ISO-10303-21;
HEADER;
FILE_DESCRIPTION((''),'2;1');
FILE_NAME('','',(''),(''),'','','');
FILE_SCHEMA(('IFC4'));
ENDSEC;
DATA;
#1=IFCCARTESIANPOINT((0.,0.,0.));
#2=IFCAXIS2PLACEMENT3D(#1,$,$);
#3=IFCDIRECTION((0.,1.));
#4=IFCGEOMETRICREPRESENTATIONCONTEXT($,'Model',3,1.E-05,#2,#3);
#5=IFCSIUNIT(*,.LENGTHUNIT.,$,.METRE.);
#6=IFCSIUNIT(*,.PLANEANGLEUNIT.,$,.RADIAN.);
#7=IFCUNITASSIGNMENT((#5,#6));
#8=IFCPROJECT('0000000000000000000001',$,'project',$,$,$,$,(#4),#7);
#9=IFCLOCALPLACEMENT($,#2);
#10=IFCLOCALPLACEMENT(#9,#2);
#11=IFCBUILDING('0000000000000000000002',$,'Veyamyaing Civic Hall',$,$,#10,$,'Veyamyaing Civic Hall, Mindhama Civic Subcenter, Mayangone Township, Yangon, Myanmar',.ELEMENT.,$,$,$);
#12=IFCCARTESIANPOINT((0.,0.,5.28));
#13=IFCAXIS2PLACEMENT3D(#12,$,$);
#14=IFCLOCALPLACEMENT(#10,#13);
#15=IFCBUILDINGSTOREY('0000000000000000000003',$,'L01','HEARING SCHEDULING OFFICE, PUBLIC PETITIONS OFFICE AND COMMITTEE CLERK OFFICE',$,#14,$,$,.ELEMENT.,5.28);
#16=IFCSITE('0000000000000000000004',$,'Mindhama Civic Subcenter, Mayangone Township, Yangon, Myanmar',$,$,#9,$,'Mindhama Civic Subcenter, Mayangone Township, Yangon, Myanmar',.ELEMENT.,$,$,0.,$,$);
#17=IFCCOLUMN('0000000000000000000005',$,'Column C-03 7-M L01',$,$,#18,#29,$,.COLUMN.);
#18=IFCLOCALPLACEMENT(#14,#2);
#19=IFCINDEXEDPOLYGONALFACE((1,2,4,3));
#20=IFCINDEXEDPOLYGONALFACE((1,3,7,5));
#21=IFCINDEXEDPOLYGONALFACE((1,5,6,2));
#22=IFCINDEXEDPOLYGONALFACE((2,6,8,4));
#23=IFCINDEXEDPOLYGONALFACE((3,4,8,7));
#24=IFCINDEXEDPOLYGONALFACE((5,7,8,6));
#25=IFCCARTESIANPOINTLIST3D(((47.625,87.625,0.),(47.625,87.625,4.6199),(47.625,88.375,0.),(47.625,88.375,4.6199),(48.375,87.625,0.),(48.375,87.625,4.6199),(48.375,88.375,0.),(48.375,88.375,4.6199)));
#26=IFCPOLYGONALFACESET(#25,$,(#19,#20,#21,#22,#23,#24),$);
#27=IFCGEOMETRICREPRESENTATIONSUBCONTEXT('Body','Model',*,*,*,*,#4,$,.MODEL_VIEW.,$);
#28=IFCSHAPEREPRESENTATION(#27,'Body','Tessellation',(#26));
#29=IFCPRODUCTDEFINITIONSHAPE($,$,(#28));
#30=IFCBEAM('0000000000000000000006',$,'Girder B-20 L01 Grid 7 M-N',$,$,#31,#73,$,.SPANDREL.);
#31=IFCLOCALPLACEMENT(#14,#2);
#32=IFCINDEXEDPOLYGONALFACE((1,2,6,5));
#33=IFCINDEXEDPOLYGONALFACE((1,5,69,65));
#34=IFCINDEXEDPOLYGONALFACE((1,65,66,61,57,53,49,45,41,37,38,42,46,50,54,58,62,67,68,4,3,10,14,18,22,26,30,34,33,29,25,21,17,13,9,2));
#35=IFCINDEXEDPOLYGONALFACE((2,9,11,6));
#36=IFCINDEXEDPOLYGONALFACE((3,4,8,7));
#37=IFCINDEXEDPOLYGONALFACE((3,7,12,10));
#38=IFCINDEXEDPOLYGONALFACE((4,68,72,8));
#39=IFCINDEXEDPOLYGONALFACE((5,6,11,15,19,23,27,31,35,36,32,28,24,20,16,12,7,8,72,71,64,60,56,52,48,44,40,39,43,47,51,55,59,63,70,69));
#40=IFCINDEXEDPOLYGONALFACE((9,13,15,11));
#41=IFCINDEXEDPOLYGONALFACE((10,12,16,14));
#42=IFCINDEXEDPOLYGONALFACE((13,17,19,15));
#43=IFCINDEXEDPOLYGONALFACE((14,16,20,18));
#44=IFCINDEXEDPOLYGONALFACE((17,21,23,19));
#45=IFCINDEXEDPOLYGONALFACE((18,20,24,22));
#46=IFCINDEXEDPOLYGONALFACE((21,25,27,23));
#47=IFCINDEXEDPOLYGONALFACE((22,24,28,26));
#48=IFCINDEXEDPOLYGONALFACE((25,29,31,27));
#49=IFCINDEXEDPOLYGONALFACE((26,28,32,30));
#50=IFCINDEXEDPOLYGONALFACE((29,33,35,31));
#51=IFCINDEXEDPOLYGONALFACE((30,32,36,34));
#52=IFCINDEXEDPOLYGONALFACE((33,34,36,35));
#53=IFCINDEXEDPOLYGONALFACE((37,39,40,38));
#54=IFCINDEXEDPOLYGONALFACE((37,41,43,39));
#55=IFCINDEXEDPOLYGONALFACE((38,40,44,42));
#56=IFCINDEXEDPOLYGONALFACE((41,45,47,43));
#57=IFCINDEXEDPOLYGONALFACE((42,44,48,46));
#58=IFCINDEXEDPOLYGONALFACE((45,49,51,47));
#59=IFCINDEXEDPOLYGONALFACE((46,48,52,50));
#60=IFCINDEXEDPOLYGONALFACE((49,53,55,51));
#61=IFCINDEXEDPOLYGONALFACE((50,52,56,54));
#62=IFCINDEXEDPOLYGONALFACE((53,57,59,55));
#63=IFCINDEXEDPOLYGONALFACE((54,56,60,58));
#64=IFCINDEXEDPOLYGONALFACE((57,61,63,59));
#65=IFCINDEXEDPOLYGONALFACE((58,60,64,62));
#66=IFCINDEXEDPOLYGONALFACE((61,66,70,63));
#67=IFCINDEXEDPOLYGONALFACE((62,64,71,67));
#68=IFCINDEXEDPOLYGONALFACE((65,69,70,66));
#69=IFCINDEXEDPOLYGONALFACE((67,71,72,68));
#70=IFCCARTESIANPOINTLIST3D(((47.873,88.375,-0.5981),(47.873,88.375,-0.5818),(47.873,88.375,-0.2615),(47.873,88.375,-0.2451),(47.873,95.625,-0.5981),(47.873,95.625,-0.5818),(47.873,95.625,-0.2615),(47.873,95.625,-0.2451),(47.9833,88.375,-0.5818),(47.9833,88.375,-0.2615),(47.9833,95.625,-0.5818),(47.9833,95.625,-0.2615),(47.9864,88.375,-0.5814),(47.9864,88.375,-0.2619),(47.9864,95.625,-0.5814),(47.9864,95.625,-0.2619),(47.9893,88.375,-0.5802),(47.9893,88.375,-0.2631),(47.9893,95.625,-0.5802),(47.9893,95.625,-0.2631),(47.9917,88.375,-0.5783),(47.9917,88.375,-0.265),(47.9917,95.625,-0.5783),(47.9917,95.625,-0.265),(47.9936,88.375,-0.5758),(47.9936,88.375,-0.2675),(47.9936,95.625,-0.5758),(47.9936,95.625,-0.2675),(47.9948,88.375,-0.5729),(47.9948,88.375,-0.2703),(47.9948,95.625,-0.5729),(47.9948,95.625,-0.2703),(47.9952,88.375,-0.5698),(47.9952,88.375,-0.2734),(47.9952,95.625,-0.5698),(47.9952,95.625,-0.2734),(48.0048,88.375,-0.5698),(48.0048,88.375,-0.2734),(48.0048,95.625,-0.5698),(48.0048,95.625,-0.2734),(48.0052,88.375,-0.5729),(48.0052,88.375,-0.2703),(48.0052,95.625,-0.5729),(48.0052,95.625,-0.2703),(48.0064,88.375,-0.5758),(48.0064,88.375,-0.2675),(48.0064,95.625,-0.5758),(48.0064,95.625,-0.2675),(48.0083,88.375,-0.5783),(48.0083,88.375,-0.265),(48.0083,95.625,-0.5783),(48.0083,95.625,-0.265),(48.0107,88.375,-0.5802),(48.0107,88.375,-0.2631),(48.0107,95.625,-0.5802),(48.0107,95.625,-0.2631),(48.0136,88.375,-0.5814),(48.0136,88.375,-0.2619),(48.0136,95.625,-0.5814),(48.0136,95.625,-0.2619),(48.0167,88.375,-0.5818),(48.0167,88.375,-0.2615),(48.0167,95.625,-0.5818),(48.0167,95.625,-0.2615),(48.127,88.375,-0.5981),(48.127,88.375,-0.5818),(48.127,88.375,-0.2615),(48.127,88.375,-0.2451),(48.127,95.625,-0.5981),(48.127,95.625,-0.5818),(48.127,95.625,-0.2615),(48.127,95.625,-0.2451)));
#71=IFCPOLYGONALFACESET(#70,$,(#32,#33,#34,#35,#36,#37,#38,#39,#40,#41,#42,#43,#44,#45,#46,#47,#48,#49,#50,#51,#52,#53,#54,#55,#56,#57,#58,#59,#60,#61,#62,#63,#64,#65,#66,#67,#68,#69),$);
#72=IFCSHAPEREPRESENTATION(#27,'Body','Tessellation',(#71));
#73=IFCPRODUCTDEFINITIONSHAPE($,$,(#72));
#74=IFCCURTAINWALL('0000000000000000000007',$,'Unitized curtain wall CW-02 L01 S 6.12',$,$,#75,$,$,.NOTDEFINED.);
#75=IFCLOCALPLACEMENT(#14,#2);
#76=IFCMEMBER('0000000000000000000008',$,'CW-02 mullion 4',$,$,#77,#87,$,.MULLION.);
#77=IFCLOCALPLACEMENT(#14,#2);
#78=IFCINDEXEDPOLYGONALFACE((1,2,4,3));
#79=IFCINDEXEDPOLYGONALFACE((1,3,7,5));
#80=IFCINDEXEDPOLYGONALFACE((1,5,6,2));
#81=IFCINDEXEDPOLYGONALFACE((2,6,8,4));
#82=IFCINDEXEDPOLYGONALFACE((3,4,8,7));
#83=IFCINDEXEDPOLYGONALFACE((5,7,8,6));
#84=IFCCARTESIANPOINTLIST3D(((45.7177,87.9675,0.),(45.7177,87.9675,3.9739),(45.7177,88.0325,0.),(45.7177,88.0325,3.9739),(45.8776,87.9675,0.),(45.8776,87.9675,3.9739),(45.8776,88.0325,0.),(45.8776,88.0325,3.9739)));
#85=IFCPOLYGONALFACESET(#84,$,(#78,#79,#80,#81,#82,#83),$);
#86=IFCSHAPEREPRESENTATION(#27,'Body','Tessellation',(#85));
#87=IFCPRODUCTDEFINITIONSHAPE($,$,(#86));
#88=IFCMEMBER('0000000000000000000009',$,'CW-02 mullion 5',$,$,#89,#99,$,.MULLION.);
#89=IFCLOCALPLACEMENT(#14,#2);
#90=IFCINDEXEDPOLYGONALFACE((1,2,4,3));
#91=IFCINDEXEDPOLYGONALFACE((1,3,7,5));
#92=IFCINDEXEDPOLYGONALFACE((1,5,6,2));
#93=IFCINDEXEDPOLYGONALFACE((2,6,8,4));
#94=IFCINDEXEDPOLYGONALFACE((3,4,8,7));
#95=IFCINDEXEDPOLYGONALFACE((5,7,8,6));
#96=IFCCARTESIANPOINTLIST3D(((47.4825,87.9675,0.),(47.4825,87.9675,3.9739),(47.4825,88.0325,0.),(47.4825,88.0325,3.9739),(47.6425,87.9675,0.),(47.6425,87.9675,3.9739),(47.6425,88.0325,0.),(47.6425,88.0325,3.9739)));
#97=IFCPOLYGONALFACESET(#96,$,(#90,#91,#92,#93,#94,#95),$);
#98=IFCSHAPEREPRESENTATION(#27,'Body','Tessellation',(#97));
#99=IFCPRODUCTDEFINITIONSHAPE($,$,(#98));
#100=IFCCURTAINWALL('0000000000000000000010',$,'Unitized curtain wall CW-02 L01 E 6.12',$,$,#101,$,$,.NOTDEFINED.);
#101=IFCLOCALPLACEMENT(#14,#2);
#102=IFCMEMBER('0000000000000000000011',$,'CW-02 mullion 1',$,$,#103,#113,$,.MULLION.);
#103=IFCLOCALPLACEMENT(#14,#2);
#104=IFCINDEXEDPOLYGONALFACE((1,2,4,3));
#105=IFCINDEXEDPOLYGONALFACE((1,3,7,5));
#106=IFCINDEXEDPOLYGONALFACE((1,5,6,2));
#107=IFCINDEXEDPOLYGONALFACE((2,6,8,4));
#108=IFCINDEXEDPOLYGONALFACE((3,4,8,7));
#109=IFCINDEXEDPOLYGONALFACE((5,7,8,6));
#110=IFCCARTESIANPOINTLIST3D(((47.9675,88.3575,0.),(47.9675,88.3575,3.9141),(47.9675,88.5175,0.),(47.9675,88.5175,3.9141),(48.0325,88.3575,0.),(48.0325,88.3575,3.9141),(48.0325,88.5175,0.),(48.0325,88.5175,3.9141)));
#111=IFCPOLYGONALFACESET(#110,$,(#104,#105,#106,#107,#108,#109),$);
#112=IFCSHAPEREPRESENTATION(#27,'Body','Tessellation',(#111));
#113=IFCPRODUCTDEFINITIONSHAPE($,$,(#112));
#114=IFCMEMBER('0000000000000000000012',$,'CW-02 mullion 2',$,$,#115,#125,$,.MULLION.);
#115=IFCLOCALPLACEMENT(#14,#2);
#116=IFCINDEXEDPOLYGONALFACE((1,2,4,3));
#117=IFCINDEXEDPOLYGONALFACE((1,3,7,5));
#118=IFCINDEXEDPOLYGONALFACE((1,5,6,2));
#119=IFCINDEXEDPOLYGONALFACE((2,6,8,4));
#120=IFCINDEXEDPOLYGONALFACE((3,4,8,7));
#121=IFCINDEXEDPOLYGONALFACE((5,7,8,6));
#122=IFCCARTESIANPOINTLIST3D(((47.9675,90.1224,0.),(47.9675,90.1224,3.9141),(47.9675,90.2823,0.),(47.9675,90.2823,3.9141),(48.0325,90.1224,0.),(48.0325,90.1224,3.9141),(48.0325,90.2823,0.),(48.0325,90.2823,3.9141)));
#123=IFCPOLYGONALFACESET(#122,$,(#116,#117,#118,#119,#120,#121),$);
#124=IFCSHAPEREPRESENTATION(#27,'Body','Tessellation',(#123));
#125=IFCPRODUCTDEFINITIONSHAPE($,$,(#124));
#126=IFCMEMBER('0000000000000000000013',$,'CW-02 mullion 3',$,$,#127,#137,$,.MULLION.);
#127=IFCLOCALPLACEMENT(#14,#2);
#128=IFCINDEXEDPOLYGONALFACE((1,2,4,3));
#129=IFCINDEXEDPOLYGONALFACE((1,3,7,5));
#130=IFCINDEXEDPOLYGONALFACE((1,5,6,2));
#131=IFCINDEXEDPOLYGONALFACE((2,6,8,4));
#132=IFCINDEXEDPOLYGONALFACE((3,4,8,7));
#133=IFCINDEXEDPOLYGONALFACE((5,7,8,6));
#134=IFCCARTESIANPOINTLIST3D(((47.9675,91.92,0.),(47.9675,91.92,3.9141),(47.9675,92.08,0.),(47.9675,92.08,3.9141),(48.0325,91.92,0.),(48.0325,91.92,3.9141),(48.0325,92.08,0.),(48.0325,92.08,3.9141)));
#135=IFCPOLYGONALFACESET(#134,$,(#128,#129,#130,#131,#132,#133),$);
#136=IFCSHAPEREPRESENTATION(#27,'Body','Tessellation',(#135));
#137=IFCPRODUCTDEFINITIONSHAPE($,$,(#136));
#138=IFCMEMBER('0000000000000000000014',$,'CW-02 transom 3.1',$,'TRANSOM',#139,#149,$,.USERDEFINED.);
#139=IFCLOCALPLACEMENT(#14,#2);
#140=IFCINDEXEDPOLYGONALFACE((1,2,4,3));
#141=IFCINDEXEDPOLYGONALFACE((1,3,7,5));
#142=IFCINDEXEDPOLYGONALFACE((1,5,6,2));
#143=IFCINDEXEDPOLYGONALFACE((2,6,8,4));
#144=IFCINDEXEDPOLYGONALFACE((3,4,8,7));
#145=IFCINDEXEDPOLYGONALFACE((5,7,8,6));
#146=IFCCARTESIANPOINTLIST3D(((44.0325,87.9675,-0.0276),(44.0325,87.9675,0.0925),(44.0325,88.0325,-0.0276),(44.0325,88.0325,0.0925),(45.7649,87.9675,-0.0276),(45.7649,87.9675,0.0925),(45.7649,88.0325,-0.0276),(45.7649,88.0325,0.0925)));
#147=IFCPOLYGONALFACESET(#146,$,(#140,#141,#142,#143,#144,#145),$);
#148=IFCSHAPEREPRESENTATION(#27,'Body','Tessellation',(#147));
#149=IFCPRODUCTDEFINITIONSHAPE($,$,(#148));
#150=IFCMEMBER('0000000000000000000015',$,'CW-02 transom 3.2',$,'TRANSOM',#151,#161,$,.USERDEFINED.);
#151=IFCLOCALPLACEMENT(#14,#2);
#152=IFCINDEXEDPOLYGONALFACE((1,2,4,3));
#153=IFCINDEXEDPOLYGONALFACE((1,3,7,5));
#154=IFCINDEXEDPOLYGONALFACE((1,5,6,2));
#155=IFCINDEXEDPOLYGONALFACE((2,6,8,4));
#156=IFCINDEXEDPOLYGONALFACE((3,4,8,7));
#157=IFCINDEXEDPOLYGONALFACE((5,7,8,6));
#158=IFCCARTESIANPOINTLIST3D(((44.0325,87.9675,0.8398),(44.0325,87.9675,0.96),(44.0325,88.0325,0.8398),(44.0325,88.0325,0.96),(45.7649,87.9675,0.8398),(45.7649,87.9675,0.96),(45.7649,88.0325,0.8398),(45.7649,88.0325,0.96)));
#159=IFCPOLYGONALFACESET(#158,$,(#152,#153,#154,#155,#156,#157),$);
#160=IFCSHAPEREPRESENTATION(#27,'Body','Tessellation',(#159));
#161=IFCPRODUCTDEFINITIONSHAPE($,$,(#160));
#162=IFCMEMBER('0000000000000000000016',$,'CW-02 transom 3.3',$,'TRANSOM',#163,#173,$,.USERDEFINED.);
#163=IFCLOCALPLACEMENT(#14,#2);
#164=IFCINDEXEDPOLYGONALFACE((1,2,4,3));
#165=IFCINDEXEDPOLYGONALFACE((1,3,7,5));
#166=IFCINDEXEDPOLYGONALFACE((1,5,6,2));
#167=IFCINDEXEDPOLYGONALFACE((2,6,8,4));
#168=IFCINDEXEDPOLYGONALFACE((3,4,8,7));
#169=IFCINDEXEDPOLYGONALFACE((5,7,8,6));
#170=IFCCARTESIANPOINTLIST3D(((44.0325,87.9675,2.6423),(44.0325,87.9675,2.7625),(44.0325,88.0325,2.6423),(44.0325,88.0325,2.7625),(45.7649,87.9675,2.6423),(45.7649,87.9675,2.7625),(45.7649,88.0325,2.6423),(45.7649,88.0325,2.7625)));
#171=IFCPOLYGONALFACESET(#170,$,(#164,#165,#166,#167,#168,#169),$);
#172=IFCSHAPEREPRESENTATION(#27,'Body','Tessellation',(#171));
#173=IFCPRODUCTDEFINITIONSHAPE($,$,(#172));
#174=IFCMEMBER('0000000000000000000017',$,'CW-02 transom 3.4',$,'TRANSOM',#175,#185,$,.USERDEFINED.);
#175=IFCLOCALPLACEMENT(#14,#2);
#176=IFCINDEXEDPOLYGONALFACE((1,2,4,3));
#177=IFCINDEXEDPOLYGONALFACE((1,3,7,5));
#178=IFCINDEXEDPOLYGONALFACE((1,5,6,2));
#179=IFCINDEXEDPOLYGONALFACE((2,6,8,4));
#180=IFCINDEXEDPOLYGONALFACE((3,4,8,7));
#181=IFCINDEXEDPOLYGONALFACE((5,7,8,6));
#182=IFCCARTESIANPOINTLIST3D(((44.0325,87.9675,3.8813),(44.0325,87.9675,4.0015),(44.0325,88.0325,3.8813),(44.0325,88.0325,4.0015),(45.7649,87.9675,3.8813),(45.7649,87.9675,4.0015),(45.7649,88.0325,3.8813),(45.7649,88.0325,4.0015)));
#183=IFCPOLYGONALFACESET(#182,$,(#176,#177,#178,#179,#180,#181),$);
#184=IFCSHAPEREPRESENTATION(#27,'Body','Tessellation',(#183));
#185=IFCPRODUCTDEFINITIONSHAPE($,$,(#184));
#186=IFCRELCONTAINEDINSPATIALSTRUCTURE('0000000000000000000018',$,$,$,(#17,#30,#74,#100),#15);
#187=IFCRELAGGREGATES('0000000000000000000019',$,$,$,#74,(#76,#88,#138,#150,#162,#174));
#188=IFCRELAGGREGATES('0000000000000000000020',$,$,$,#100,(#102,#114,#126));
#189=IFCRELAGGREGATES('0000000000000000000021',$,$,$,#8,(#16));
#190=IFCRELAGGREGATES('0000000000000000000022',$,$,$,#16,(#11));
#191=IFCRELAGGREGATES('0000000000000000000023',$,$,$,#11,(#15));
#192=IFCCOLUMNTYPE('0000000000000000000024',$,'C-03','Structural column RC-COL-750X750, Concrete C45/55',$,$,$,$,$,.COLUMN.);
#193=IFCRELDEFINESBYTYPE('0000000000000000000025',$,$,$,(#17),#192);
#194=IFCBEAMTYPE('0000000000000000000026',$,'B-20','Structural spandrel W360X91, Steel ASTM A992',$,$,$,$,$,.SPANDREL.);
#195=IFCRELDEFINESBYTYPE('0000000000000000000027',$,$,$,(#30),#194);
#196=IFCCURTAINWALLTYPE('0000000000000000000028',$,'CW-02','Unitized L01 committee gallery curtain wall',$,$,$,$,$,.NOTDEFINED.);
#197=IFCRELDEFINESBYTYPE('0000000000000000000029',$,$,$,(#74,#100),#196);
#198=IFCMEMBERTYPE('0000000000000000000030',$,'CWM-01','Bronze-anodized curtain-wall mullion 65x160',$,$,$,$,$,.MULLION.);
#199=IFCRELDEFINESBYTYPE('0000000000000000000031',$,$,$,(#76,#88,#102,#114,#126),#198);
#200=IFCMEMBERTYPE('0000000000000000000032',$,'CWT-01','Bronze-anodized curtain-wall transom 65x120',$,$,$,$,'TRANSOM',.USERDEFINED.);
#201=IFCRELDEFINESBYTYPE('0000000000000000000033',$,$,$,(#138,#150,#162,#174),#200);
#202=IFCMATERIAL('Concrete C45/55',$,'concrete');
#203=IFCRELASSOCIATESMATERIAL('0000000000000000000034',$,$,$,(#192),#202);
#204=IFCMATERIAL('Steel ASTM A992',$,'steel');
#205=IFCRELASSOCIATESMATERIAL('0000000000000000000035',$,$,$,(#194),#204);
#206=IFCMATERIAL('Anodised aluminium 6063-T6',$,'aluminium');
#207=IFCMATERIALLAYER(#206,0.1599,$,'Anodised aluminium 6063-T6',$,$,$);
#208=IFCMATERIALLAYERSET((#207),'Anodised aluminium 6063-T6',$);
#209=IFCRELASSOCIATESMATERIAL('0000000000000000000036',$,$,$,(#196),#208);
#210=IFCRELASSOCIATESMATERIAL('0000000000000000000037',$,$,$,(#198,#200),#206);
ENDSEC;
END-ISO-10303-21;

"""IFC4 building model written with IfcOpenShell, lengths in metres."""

from ifc_helpers import new_model, si_unit, direction, frame, origin, origin_2d, place, context, subcontext, project, spatial, rectangle, i_section, extrude, material, layer, layer_set, material_profile, profile_set, type_object, element, aggregate, save


model = new_model("IFC4")

# Units and contexts
model_context = context("Model", 3, precision=1e-05, world=origin(), true_north=direction((0.0, 1.0)))
body_context = subcontext(model_context, "Body", "Model", "MODEL_VIEW")
ifc_project = project(units=[si_unit("LENGTHUNIT", "METRE"), si_unit("PLANEANGLEUNIT", "RADIAN")], contexts=[model_context])

# Site, building, storey
site_placement = place(None, origin())
site = spatial("IfcSite", under=ifc_project, at=site_placement, Name="Mindhama Civic Subcenter, Mayangone Township, Yangon, Myanmar", LongName="Mindhama Civic Subcenter, Mayangone Township, Yangon, Myanmar", CompositionType="ELEMENT", RefElevation=0.0)
building_placement = place(site_placement, origin())
building = spatial("IfcBuilding", under=site, at=building_placement, Name="Veyamyaing Civic Hall", LongName="Veyamyaing Civic Hall, Mindhama Civic Subcenter, Mayangone Township, Yangon, Myanmar", CompositionType="ELEMENT")
storey_placement = place(building_placement, frame((0.0, 0.0, 5.28)))
storey = spatial("IfcBuildingStorey", under=building, at=storey_placement, Name="L01", Description="HEARING SCHEDULING OFFICE, PUBLIC PETITIONS OFFICE AND COMMITTEE CLERK OFFICE", CompositionType="ELEMENT", Elevation=5.28)

# Column
ifc_material_1 = material(Name="Concrete C45/55", Category="concrete")
ifc_material_profile_1 = material_profile(ifc_material_1, rectangle(XDim=0.75, YDim=0.75, at=origin_2d()), Name="RC-COL-750X750")
ifc_profile_set_1 = profile_set([ifc_material_profile_1], Name="Concrete C45/55")
column_type = type_object("IfcColumnType", Name="C-03", Description="Structural column RC-COL-750X750, Concrete C45/55", PredefinedType="COLUMN", material=ifc_profile_set_1)
column_placement = place(storey_placement, frame((48.0, 88.0, 0.0), z_axis=(0.0, 0.0, 1.0), x_axis=(1.0, 0.0, 0.0)))
element("IfcColumn", 1, at=column_placement, inside=storey, type_object=column_type, Name="Column C-03 7-M L01", PredefinedType="COLUMN", context=body_context, shape_type="SweptSolid", body=[
    extrude(rectangle(XDim=0.75, YDim=0.75, at=origin_2d()), origin(), (0.0, 0.0, 1.0), 4.6199),
])

# Beam
ifc_material_2 = material(Name="Steel ASTM A992", Category="steel")
ifc_material_profile_2 = material_profile(ifc_material_2, i_section(OverallWidth=0.2539, OverallDepth=0.353, WebThickness=0.0095, FlangeThickness=0.0164, FilletRadius=0.012, at=origin_2d()), Name="W360X91")
ifc_profile_set_2 = profile_set([ifc_material_profile_2], Name="Steel ASTM A992")
beam_type = type_object("IfcBeamType", Name="B-20", Description="Structural spandrel W360X91, Steel ASTM A992", PredefinedType="SPANDREL", material=ifc_profile_set_2)
beam_placement = place(storey_placement, frame((48.0, 88.375, -0.4216), z_axis=(0.0, 1.0, 0.0), x_axis=(-1.0, 0.0, 0.0)))
element("IfcBeam", 2, at=beam_placement, inside=storey, type_object=beam_type, Name="Girder B-20 L01 Grid 7 M-N", PredefinedType="SPANDREL", context=body_context, shape_type="SweptSolid", body=[
    extrude(i_section(OverallWidth=0.2539, OverallDepth=0.353, WebThickness=0.0095, FlangeThickness=0.0164, FilletRadius=0.012, at=origin_2d()), origin(), (0.0, 0.0, 1.0), 7.25),
])

# Curtain walls, members
ifc_material_3 = material(Name="Anodised aluminium 6063-T6", Category="aluminium")
ifc_layer_1 = layer(ifc_material_3, 0.1599, Name="Anodised aluminium 6063-T6")
ifc_layer_set_1 = layer_set([ifc_layer_1], Name="Anodised aluminium 6063-T6")
curtain_wall_type = type_object("IfcCurtainWallType", Name="CW-02", Description="Unitized L01 committee gallery curtain wall", PredefinedType="NOTDEFINED", material=ifc_layer_set_1)
curtain_wall_1_placement = place(storey_placement, origin())
curtain_wall_1 = element("IfcCurtainWall", 3, at=curtain_wall_1_placement, inside=storey, type_object=curtain_wall_type, Name="Unitized curtain wall CW-02 L01 S 6.12", PredefinedType="NOTDEFINED")
ifc_material_profile_3 = material_profile(ifc_material_3, rectangle(XDim=0.0649, YDim=0.1599, at=origin_2d()), Name="ALU-MUL-65X160")
ifc_profile_set_3 = profile_set([ifc_material_profile_3], Name="Anodised aluminium 6063-T6")
member_type_1 = type_object("IfcMemberType", Name="CWM-01", Description="Bronze-anodized curtain-wall mullion 65x160", PredefinedType="MULLION", material=ifc_profile_set_3)
member_1_placement = place(storey_placement, frame((45.7976, 88.0, 0.0), z_axis=(0.0, 0.0, 1.0), x_axis=(0.0, 1.0, 0.0)))
member_1 = element("IfcMember", 4, at=member_1_placement, type_object=member_type_1, Name="CW-02 mullion 4", PredefinedType="MULLION", context=body_context, shape_type="SweptSolid", body=[
    extrude(rectangle(XDim=0.0649, YDim=0.1599, at=origin_2d()), origin(), (0.0, 0.0, 1.0), 3.9739),
])
member_2_placement = place(storey_placement, frame((47.5625, 88.0, 0.0), z_axis=(0.0, 0.0, 1.0), x_axis=(0.0, 1.0, 0.0)))
member_2 = element("IfcMember", 5, at=member_2_placement, type_object=member_type_1, Name="CW-02 mullion 5", PredefinedType="MULLION", context=body_context, shape_type="SweptSolid", body=[
    extrude(rectangle(XDim=0.0649, YDim=0.1599, at=origin_2d()), origin(), (0.0, 0.0, 1.0), 3.9739),
])
curtain_wall_2_placement = place(storey_placement, origin())
curtain_wall_2 = element("IfcCurtainWall", 6, at=curtain_wall_2_placement, inside=storey, type_object=curtain_wall_type, Name="Unitized curtain wall CW-02 L01 E 6.12", PredefinedType="NOTDEFINED")
member_3_placement = place(storey_placement, frame((48.0, 88.4375, 0.0), z_axis=(0.0, 0.0, 1.0), x_axis=(-1.0, 0.0, 0.0)))
member_3 = element("IfcMember", 7, at=member_3_placement, type_object=member_type_1, Name="CW-02 mullion 1", PredefinedType="MULLION", context=body_context, shape_type="SweptSolid", body=[
    extrude(rectangle(XDim=0.0649, YDim=0.1599, at=origin_2d()), origin(), (0.0, 0.0, 1.0), 3.9141),
])
member_4_placement = place(storey_placement, frame((48.0, 90.2024, 0.0), z_axis=(0.0, 0.0, 1.0), x_axis=(-1.0, 0.0, 0.0)))
member_4 = element("IfcMember", 8, at=member_4_placement, type_object=member_type_1, Name="CW-02 mullion 2", PredefinedType="MULLION", context=body_context, shape_type="SweptSolid", body=[
    extrude(rectangle(XDim=0.0649, YDim=0.1599, at=origin_2d()), origin(), (0.0, 0.0, 1.0), 3.9141),
])
member_5_placement = place(storey_placement, frame((48.0, 92.0, 0.0), z_axis=(0.0, 0.0, 1.0), x_axis=(-1.0, 0.0, 0.0)))
member_5 = element("IfcMember", 9, at=member_5_placement, type_object=member_type_1, Name="CW-02 mullion 3", PredefinedType="MULLION", context=body_context, shape_type="SweptSolid", body=[
    extrude(rectangle(XDim=0.0649, YDim=0.1599, at=origin_2d()), origin(), (0.0, 0.0, 1.0), 3.9141),
])

# Members
ifc_material_profile_4 = material_profile(ifc_material_3, rectangle(XDim=0.0649, YDim=0.1201, at=origin_2d()), Name="ALU-TRN-65X120")
ifc_profile_set_4 = profile_set([ifc_material_profile_4], Name="Anodised aluminium 6063-T6")
member_type_2 = type_object("IfcMemberType", Name="CWT-01", Description="Bronze-anodized curtain-wall transom 65x120", ElementType="TRANSOM", PredefinedType="USERDEFINED", material=ifc_profile_set_4)
member_6_placement = place(storey_placement, frame((44.0325, 88.0, 0.0325), z_axis=(1.0, 0.0, 0.0), x_axis=(0.0, 1.0, 0.0)))
member_6 = element("IfcMember", 10, at=member_6_placement, type_object=member_type_2, Name="CW-02 transom 3.1", ObjectType="TRANSOM", PredefinedType="USERDEFINED", context=body_context, shape_type="SweptSolid", body=[
    extrude(rectangle(XDim=0.0649, YDim=0.1201, at=origin_2d()), origin(), (0.0, 0.0, 1.0), 1.7324),
])
member_7_placement = place(storey_placement, frame((44.0325, 88.0, 0.8999), z_axis=(1.0, 0.0, 0.0), x_axis=(0.0, 1.0, 0.0)))
member_7 = element("IfcMember", 11, at=member_7_placement, type_object=member_type_2, Name="CW-02 transom 3.2", ObjectType="TRANSOM", PredefinedType="USERDEFINED", context=body_context, shape_type="SweptSolid", body=[
    extrude(rectangle(XDim=0.0649, YDim=0.1201, at=origin_2d()), origin(), (0.0, 0.0, 1.0), 1.7324),
])
member_8_placement = place(storey_placement, frame((44.0325, 88.0, 2.7024), z_axis=(1.0, 0.0, 0.0), x_axis=(0.0, 1.0, 0.0)))
member_8 = element("IfcMember", 12, at=member_8_placement, type_object=member_type_2, Name="CW-02 transom 3.3", ObjectType="TRANSOM", PredefinedType="USERDEFINED", context=body_context, shape_type="SweptSolid", body=[
    extrude(rectangle(XDim=0.0649, YDim=0.1201, at=origin_2d()), origin(), (0.0, 0.0, 1.0), 1.7324),
])
member_9_placement = place(storey_placement, frame((44.0325, 88.0, 3.9414), z_axis=(1.0, 0.0, 0.0), x_axis=(0.0, 1.0, 0.0)))
member_9 = element("IfcMember", 13, at=member_9_placement, type_object=member_type_2, Name="CW-02 transom 3.4", ObjectType="TRANSOM", PredefinedType="USERDEFINED", context=body_context, shape_type="SweptSolid", body=[
    extrude(rectangle(XDim=0.0649, YDim=0.1201, at=origin_2d()), origin(), (0.0, 0.0, 1.0), 1.7324),
])

aggregate(curtain_wall_1, [member_1, member_2, member_6, member_7, member_8, member_9])
aggregate(curtain_wall_2, [member_3, member_4, member_5])

save(model, "model.ifc")
